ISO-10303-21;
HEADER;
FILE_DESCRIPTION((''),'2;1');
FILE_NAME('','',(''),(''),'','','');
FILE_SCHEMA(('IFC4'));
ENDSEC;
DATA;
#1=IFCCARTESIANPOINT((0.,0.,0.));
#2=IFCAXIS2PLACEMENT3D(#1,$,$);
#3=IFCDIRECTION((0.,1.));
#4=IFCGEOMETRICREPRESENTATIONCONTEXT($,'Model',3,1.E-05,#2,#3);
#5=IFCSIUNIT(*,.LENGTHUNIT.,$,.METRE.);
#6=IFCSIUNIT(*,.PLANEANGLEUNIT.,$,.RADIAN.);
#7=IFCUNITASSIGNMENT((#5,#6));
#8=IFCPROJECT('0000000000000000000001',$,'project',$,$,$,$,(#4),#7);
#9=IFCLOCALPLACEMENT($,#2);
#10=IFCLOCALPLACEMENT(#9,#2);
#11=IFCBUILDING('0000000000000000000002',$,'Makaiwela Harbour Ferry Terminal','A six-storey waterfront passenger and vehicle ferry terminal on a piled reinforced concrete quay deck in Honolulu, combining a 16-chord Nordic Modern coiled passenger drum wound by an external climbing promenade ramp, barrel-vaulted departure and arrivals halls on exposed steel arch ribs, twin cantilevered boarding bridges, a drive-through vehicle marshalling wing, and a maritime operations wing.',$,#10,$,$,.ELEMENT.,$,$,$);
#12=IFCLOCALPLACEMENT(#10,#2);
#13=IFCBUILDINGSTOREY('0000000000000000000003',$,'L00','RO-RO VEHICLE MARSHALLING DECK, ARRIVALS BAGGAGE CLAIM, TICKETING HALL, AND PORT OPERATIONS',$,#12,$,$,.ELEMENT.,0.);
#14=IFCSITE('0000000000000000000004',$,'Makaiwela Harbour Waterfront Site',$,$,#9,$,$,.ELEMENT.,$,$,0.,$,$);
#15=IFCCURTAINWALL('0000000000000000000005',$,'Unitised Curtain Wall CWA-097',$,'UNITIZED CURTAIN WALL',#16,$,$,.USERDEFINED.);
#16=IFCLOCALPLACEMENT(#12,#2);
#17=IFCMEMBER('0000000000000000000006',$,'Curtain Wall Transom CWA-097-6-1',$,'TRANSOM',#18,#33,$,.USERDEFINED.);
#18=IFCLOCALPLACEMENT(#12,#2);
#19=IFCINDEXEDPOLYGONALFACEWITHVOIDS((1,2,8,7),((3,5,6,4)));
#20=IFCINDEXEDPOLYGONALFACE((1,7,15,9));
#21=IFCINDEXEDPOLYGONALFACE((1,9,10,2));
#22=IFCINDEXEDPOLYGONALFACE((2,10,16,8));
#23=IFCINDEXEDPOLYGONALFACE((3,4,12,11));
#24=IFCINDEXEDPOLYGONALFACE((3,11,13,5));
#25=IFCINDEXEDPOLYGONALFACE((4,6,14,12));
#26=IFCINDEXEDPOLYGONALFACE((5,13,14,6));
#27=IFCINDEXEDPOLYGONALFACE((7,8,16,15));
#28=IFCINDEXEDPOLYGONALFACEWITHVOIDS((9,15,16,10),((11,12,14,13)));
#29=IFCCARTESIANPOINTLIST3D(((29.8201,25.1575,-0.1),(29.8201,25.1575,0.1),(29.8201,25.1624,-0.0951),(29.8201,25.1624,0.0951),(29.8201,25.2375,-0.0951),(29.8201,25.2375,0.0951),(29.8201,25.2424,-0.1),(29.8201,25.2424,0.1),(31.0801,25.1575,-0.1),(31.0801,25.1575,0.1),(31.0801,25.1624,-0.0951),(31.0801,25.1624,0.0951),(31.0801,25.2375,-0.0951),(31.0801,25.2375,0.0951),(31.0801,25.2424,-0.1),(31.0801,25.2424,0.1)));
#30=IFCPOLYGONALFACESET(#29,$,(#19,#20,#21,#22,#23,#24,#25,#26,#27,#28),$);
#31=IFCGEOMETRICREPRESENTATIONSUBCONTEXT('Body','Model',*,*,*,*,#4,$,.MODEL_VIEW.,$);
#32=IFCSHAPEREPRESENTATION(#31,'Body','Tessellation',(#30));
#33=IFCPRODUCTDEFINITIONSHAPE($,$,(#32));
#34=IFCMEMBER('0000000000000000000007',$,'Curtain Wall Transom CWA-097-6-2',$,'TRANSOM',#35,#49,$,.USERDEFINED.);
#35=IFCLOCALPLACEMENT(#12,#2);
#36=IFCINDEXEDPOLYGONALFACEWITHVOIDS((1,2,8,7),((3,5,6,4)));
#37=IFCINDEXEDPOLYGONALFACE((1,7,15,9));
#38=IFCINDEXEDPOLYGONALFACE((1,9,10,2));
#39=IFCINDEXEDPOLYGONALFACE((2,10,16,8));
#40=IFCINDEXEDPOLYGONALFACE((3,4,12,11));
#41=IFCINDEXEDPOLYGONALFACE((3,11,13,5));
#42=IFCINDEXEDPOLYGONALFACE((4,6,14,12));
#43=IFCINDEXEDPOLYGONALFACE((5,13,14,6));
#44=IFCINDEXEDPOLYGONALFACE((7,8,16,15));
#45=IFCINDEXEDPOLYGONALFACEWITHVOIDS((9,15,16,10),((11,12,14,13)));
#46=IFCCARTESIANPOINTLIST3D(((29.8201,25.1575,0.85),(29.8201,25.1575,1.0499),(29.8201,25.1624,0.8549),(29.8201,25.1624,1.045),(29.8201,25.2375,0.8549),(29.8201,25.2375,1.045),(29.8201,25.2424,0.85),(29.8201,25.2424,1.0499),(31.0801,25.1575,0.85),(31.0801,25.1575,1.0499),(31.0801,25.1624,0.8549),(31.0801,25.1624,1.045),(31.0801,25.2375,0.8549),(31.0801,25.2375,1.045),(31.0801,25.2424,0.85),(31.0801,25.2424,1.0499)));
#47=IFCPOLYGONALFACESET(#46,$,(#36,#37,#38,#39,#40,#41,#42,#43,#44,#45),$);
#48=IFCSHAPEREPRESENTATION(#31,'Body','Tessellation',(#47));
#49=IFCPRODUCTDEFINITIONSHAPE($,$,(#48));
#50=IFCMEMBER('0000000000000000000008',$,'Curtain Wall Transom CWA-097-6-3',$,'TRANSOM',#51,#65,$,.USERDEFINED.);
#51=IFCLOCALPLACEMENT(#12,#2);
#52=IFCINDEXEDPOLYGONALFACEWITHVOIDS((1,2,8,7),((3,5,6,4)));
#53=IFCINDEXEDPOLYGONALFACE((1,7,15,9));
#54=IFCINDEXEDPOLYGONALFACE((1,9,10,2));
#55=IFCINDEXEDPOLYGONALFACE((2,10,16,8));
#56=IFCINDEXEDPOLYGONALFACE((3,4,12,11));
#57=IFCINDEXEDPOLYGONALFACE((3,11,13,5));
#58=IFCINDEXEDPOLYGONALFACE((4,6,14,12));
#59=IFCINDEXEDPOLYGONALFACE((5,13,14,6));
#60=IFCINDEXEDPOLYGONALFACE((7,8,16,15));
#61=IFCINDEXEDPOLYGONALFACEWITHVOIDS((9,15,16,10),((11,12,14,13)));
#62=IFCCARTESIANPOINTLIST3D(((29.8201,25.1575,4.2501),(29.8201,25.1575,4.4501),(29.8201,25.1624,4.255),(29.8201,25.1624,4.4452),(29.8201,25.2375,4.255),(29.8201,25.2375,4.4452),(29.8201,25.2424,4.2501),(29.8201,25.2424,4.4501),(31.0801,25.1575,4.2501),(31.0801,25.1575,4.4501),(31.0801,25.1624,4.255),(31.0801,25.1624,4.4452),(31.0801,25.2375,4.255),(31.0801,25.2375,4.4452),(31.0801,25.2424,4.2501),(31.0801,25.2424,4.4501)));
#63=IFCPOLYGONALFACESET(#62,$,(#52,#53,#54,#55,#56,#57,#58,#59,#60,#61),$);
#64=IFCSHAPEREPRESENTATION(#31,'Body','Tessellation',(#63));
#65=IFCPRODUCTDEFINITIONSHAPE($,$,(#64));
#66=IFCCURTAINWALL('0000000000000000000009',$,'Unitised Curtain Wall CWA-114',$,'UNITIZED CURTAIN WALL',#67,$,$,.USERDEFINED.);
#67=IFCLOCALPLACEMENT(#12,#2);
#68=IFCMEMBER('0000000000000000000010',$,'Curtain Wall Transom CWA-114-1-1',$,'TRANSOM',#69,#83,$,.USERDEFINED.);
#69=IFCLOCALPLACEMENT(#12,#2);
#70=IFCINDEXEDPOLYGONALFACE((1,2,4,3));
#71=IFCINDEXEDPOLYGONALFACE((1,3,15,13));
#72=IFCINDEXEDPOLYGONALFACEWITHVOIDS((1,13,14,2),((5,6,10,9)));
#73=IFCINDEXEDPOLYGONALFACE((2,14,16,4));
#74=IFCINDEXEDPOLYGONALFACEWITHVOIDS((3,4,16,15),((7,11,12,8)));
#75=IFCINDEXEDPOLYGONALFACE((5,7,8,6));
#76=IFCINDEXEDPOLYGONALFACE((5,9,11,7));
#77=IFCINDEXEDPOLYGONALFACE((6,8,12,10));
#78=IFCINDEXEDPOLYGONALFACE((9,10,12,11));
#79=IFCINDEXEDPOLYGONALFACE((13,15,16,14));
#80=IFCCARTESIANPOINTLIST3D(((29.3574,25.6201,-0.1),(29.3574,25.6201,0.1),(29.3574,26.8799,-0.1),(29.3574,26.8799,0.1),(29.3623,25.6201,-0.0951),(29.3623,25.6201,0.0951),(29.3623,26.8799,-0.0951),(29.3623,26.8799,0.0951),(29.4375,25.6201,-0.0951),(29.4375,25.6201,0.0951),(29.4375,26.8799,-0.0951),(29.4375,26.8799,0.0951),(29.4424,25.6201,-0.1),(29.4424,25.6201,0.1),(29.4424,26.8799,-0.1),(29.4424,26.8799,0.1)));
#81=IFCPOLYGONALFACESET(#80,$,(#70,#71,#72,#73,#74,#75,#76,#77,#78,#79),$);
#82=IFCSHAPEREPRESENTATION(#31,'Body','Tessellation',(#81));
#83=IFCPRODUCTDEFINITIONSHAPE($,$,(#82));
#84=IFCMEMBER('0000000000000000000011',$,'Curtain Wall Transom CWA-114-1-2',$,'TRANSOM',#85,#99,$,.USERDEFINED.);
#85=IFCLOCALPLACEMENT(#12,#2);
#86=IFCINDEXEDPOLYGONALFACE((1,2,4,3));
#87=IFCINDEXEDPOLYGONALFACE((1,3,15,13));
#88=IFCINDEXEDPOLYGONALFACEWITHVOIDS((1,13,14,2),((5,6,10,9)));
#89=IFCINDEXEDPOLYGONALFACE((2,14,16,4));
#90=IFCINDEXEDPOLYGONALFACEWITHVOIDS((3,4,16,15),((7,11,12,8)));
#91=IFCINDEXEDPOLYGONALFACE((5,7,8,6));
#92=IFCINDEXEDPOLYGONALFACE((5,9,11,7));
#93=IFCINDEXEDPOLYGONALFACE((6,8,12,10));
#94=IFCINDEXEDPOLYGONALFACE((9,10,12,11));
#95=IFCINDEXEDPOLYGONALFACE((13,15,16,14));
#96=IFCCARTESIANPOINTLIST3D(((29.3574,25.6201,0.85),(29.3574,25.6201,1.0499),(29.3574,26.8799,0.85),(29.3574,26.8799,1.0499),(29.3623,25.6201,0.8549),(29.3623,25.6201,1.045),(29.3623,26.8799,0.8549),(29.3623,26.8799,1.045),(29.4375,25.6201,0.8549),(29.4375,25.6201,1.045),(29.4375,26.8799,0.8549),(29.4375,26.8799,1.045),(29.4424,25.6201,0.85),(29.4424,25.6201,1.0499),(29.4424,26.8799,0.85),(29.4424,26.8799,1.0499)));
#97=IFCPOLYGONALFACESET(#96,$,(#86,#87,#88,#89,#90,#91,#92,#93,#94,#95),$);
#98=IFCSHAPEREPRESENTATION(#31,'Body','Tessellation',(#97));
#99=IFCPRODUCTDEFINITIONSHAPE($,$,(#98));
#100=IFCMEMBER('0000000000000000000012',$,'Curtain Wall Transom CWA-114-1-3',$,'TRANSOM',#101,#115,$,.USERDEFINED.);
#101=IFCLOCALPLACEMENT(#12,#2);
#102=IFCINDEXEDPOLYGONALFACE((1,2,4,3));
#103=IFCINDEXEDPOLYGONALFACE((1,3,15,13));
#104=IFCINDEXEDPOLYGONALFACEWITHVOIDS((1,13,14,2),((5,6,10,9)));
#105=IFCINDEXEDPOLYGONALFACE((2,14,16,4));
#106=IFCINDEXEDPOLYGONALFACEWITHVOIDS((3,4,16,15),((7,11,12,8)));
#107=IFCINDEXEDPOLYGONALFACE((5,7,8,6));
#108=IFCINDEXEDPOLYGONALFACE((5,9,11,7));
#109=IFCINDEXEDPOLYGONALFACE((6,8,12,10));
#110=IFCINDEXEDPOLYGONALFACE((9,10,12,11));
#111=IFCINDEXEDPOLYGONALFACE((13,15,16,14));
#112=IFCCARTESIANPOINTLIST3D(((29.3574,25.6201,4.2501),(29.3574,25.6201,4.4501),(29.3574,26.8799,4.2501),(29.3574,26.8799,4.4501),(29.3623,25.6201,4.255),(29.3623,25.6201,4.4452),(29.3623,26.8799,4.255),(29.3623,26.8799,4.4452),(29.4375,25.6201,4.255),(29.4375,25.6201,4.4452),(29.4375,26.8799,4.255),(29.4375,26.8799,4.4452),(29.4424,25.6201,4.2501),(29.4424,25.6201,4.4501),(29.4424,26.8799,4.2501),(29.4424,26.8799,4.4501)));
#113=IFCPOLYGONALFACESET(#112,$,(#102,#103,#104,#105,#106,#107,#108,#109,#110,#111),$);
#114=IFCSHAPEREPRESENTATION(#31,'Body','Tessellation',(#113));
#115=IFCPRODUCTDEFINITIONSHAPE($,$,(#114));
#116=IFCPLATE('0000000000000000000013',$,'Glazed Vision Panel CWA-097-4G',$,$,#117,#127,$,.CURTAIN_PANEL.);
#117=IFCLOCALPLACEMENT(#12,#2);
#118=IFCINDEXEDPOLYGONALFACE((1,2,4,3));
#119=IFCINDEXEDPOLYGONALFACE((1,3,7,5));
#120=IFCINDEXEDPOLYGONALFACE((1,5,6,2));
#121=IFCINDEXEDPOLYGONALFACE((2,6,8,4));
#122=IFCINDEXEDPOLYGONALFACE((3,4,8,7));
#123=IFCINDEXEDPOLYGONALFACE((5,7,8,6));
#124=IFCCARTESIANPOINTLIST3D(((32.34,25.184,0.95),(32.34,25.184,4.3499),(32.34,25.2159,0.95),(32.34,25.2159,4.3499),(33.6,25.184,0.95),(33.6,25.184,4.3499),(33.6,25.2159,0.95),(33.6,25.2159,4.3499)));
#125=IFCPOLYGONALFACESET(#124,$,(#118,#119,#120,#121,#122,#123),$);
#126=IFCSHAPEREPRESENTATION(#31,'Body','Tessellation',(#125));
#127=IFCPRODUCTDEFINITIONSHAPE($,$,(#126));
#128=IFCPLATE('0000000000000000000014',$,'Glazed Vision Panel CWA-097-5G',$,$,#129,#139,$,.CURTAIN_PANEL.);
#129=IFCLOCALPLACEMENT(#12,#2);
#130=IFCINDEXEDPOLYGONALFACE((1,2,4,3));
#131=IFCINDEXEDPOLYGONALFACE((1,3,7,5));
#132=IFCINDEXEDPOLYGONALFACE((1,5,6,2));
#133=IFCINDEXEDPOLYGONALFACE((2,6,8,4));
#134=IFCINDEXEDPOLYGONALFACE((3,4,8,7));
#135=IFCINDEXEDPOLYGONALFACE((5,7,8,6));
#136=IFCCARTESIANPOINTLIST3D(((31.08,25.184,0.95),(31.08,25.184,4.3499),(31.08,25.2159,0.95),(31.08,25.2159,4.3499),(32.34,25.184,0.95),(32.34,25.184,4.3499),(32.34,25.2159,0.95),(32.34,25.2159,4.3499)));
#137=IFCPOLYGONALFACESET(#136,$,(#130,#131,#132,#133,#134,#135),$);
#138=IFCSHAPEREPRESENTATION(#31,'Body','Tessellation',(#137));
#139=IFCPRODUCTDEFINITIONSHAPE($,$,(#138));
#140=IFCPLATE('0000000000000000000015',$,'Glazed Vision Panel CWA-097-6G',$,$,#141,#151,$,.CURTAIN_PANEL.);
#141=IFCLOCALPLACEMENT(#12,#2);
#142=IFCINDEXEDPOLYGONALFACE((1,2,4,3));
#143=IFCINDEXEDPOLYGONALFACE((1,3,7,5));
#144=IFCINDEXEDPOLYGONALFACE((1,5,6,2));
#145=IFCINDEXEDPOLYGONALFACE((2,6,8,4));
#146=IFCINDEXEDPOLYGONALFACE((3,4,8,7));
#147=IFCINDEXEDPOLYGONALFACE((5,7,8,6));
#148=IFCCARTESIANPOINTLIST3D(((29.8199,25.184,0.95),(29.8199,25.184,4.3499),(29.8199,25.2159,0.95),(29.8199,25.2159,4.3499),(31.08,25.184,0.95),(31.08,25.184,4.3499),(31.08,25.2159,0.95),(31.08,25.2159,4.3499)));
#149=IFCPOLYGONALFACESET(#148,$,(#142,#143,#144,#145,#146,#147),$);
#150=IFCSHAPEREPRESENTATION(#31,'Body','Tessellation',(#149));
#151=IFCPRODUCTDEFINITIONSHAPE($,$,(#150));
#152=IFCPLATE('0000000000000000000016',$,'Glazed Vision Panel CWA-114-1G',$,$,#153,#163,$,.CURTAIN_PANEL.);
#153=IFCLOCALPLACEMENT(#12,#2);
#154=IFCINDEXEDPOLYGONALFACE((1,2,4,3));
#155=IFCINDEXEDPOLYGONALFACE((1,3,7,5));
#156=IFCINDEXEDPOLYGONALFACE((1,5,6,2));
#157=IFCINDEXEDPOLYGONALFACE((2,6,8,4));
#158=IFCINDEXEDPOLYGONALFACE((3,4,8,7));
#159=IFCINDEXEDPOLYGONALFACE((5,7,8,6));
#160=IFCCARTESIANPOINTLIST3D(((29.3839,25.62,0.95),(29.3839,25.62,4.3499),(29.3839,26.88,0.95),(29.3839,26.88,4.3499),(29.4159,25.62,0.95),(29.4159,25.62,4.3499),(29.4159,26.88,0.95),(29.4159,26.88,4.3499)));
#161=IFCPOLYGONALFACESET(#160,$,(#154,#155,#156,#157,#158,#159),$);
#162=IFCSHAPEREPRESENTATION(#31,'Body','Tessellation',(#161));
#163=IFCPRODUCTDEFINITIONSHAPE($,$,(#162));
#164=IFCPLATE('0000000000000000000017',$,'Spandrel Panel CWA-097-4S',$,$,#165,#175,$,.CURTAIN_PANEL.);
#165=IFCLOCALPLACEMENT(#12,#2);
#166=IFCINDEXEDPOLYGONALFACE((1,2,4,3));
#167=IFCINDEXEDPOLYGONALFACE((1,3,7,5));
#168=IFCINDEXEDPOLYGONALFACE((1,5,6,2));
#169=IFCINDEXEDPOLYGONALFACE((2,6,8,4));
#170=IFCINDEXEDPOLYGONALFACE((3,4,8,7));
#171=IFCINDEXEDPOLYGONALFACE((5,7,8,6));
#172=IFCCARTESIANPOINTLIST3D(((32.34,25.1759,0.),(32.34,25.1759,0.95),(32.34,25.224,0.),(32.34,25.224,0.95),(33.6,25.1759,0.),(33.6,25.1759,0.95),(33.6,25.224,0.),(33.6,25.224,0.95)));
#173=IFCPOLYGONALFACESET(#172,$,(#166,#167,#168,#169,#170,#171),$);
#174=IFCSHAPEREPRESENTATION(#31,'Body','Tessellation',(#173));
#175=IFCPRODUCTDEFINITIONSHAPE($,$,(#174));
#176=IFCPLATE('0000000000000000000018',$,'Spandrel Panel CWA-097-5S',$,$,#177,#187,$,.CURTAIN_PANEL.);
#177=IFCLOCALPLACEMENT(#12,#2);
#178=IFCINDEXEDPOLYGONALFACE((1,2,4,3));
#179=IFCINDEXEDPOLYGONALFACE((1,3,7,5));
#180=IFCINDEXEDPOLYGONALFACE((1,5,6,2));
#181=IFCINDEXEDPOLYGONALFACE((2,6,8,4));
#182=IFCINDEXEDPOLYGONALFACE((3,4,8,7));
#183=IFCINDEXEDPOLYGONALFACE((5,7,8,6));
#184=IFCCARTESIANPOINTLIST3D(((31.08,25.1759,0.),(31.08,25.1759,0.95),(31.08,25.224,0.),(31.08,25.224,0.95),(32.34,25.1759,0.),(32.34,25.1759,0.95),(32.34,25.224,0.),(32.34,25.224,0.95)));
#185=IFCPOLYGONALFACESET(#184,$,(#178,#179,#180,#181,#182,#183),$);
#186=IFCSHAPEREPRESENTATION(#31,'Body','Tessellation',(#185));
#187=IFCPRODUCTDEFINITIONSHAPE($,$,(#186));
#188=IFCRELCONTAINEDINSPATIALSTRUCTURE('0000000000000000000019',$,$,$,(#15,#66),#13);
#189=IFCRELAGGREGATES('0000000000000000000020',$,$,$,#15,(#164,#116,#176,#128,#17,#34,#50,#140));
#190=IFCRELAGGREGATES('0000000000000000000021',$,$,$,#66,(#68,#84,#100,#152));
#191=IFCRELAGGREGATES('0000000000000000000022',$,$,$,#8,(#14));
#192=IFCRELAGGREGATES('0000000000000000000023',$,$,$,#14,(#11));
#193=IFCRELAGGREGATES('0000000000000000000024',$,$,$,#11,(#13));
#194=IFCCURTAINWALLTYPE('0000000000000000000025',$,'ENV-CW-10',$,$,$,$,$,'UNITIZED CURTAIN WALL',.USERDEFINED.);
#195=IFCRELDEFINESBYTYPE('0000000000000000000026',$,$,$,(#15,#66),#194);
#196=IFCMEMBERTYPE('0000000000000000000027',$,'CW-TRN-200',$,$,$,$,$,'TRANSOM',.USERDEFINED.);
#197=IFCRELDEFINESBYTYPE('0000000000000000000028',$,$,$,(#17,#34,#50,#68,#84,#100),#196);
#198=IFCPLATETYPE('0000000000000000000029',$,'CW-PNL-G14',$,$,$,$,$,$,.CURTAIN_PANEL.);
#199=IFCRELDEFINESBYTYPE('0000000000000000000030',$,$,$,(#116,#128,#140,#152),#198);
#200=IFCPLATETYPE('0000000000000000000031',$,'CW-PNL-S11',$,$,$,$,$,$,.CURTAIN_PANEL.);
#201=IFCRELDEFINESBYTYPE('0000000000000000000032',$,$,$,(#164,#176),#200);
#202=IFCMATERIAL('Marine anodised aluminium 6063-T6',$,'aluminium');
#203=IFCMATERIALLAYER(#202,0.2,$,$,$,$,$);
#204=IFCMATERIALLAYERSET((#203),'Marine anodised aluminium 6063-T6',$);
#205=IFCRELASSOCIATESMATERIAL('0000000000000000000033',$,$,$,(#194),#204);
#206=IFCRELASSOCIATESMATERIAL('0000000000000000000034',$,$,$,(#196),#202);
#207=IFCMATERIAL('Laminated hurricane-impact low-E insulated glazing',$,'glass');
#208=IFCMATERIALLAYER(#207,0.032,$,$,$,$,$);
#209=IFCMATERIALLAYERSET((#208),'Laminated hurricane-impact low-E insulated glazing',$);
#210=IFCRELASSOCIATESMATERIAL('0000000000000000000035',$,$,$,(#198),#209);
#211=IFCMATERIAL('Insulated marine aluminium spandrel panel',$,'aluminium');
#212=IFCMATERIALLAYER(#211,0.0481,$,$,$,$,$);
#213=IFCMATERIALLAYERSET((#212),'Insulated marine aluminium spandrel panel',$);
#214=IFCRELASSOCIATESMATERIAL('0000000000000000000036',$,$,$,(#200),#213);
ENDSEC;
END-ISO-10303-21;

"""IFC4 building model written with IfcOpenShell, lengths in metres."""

from ifc_helpers import new_model, si_unit, direction, frame, origin, origin_2d, place, context, subcontext, project, spatial, rectangle, hollow_rectangle, extrude, material, layer, layer_set, material_profile, profile_set, type_object, element, aggregate, save


model = new_model("IFC4")

# Units and contexts
model_context = context("Model", 3, precision=1e-05, world=origin(), true_north=direction((0.0, 1.0)))
body_context = subcontext(model_context, "Body", "Model", "MODEL_VIEW")
ifc_project = project(units=[si_unit("LENGTHUNIT", "METRE"), si_unit("PLANEANGLEUNIT", "RADIAN")], contexts=[model_context])

# Site, building, storey
site_placement = place(None, origin())
site = spatial("IfcSite", under=ifc_project, at=site_placement, Name="Makaiwela Harbour Waterfront Site", CompositionType="ELEMENT", RefElevation=0.0)
building_placement = place(site_placement, origin())
building = spatial("IfcBuilding", under=site, at=building_placement, Name="Makaiwela Harbour Ferry Terminal", Description="A six-storey waterfront passenger and vehicle ferry terminal on a piled reinforced concrete quay deck in Honolulu, combining a 16-chord Nordic Modern coiled passenger drum wound by an external climbing promenade ramp, barrel-vaulted departure and arrivals halls on exposed steel arch ribs, twin cantilevered boarding bridges, a drive-through vehicle marshalling wing, and a maritime operations wing.", CompositionType="ELEMENT")
storey_placement = place(building_placement, origin())
storey = spatial("IfcBuildingStorey", under=building, at=storey_placement, Name="L00", Description="RO-RO VEHICLE MARSHALLING DECK, ARRIVALS BAGGAGE CLAIM, TICKETING HALL, AND PORT OPERATIONS", CompositionType="ELEMENT", Elevation=0.0)

# Curtain walls, members
ifc_material_1 = material(Name="Marine anodised aluminium 6063-T6", Category="aluminium")
ifc_layer_1 = layer(ifc_material_1, 0.2)
ifc_layer_set_1 = layer_set([ifc_layer_1], Name="Marine anodised aluminium 6063-T6")
curtain_wall_type = type_object("IfcCurtainWallType", Name="ENV-CW-10", ElementType="UNITIZED CURTAIN WALL", PredefinedType="USERDEFINED", material=ifc_layer_set_1)
curtain_wall_1_placement = place(storey_placement, origin())
curtain_wall_1 = element("IfcCurtainWall", 1, at=curtain_wall_1_placement, inside=storey, type_object=curtain_wall_type, Name="Unitised Curtain Wall CWA-097", ObjectType="UNITIZED CURTAIN WALL", PredefinedType="USERDEFINED")
ifc_material_profile_1 = material_profile(ifc_material_1, hollow_rectangle(XDim=0.085, YDim=0.2, WallThickness=0.0049, at=origin_2d()), Name="CWT-200X85")
ifc_profile_set_1 = profile_set([ifc_material_profile_1], Name="Marine anodised aluminium 6063-T6")
member_type_1 = type_object("IfcMemberType", Name="CW-TRN-200", ElementType="TRANSOM", PredefinedType="USERDEFINED", material=ifc_profile_set_1)
member_1_placement = place(storey_placement, frame((31.0801, 25.2, 0.0), z_axis=(-1.0, 0.0, 0.0), x_axis=(0.0, -1.0, 0.0)))
member_1 = element("IfcMember", 2, at=member_1_placement, type_object=member_type_1, Name="Curtain Wall Transom CWA-097-6-1", ObjectType="TRANSOM", PredefinedType="USERDEFINED", context=body_context, shape_type="SweptSolid", body=[
    extrude(hollow_rectangle(XDim=0.085, YDim=0.2, WallThickness=0.0049, at=origin_2d()), origin(), (0.0, 0.0, 1.0), 1.26),
])
member_2_placement = place(storey_placement, frame((31.0801, 25.2, 0.95), z_axis=(-1.0, 0.0, 0.0), x_axis=(0.0, -1.0, 0.0)))
member_2 = element("IfcMember", 3, at=member_2_placement, type_object=member_type_1, Name="Curtain Wall Transom CWA-097-6-2", ObjectType="TRANSOM", PredefinedType="USERDEFINED", context=body_context, shape_type="SweptSolid", body=[
    extrude(hollow_rectangle(XDim=0.085, YDim=0.2, WallThickness=0.0049, at=origin_2d()), origin(), (0.0, 0.0, 1.0), 1.26),
])
member_3_placement = place(storey_placement, frame((31.0801, 25.2, 4.3501), z_axis=(-1.0, 0.0, 0.0), x_axis=(0.0, -1.0, 0.0)))
member_3 = element("IfcMember", 4, at=member_3_placement, type_object=member_type_1, Name="Curtain Wall Transom CWA-097-6-3", ObjectType="TRANSOM", PredefinedType="USERDEFINED", context=body_context, shape_type="SweptSolid", body=[
    extrude(hollow_rectangle(XDim=0.085, YDim=0.2, WallThickness=0.0049, at=origin_2d()), origin(), (0.0, 0.0, 1.0), 1.26),
])
curtain_wall_2_placement = place(storey_placement, origin())
curtain_wall_2 = element("IfcCurtainWall", 5, at=curtain_wall_2_placement, inside=storey, type_object=curtain_wall_type, Name="Unitised Curtain Wall CWA-114", ObjectType="UNITIZED CURTAIN WALL", PredefinedType="USERDEFINED")
member_4_placement = place(storey_placement, frame((29.3999, 25.6201, 0.0), z_axis=(0.0, 1.0, 0.0), x_axis=(-1.0, 0.0, 0.0)))
member_4 = element("IfcMember", 6, at=member_4_placement, type_object=member_type_1, Name="Curtain Wall Transom CWA-114-1-1", ObjectType="TRANSOM", PredefinedType="USERDEFINED", context=body_context, shape_type="SweptSolid", body=[
    extrude(hollow_rectangle(XDim=0.085, YDim=0.2, WallThickness=0.0049, at=origin_2d()), origin(), (0.0, 0.0, 1.0), 1.2598),
])
member_5_placement = place(storey_placement, frame((29.3999, 25.6201, 0.95), z_axis=(0.0, 1.0, 0.0), x_axis=(-1.0, 0.0, 0.0)))
member_5 = element("IfcMember", 7, at=member_5_placement, type_object=member_type_1, Name="Curtain Wall Transom CWA-114-1-2", ObjectType="TRANSOM", PredefinedType="USERDEFINED", context=body_context, shape_type="SweptSolid", body=[
    extrude(hollow_rectangle(XDim=0.085, YDim=0.2, WallThickness=0.0049, at=origin_2d()), origin(), (0.0, 0.0, 1.0), 1.2598),
])
member_6_placement = place(storey_placement, frame((29.3999, 25.6201, 4.3501), z_axis=(0.0, 1.0, 0.0), x_axis=(-1.0, 0.0, 0.0)))
member_6 = element("IfcMember", 8, at=member_6_placement, type_object=member_type_1, Name="Curtain Wall Transom CWA-114-1-3", ObjectType="TRANSOM", PredefinedType="USERDEFINED", context=body_context, shape_type="SweptSolid", body=[
    extrude(hollow_rectangle(XDim=0.085, YDim=0.2, WallThickness=0.0049, at=origin_2d()), origin(), (0.0, 0.0, 1.0), 1.2598),
])

# Plates
ifc_material_2 = material(Name="Laminated hurricane-impact low-E insulated glazing", Category="glass")
ifc_layer_2 = layer(ifc_material_2, 0.032)
ifc_layer_set_2 = layer_set([ifc_layer_2], Name="Laminated hurricane-impact low-E insulated glazing")
plate_type_1 = type_object("IfcPlateType", Name="CW-PNL-G14", PredefinedType="CURTAIN_PANEL", material=ifc_layer_set_2)
plate_1_placement = place(storey_placement, frame((32.97, 25.2, 0.95), z_axis=(0.0, 0.0, 1.0), x_axis=(-1.0, 0.0, 0.0)))
plate_1 = element("IfcPlate", 9, at=plate_1_placement, type_object=plate_type_1, Name="Glazed Vision Panel CWA-097-4G", PredefinedType="CURTAIN_PANEL", context=body_context, shape_type="SweptSolid", body=[
    extrude(rectangle(XDim=1.26, YDim=0.032, at=origin_2d()), origin(), (0.0, 0.0, 1.0), 3.3999),
])
plate_2_placement = place(storey_placement, frame((31.71, 25.2, 0.95), z_axis=(0.0, 0.0, 1.0), x_axis=(-1.0, 0.0, 0.0)))
plate_2 = element("IfcPlate", 10, at=plate_2_placement, type_object=plate_type_1, Name="Glazed Vision Panel CWA-097-5G", PredefinedType="CURTAIN_PANEL", context=body_context, shape_type="SweptSolid", body=[
    extrude(rectangle(XDim=1.26, YDim=0.032, at=origin_2d()), origin(), (0.0, 0.0, 1.0), 3.3999),
])
plate_3_placement = place(storey_placement, frame((30.45, 25.2, 0.95), z_axis=(0.0, 0.0, 1.0), x_axis=(-1.0, 0.0, 0.0)))
plate_3 = element("IfcPlate", 11, at=plate_3_placement, type_object=plate_type_1, Name="Glazed Vision Panel CWA-097-6G", PredefinedType="CURTAIN_PANEL", context=body_context, shape_type="SweptSolid", body=[
    extrude(rectangle(XDim=1.26, YDim=0.032, at=origin_2d()), origin(), (0.0, 0.0, 1.0), 3.3999),
])
plate_4_placement = place(storey_placement, frame((29.3999, 26.25, 0.95), z_axis=(0.0, 0.0, 1.0), x_axis=(0.0, 1.0, 0.0)))
plate_4 = element("IfcPlate", 12, at=plate_4_placement, type_object=plate_type_1, Name="Glazed Vision Panel CWA-114-1G", PredefinedType="CURTAIN_PANEL", context=body_context, shape_type="SweptSolid", body=[
    extrude(rectangle(XDim=1.26, YDim=0.032, at=origin_2d()), origin(), (0.0, 0.0, 1.0), 3.3999),
])
ifc_material_3 = material(Name="Insulated marine aluminium spandrel panel", Category="aluminium")
ifc_layer_3 = layer(ifc_material_3, 0.0481)
ifc_layer_set_3 = layer_set([ifc_layer_3], Name="Insulated marine aluminium spandrel panel")
plate_type_2 = type_object("IfcPlateType", Name="CW-PNL-S11", PredefinedType="CURTAIN_PANEL", material=ifc_layer_set_3)
plate_5_placement = place(storey_placement, frame((32.97, 25.2, 0.0), z_axis=(0.0, 0.0, 1.0), x_axis=(-1.0, 0.0, 0.0)))
plate_5 = element("IfcPlate", 13, at=plate_5_placement, type_object=plate_type_2, Name="Spandrel Panel CWA-097-4S", PredefinedType="CURTAIN_PANEL", context=body_context, shape_type="SweptSolid", body=[
    extrude(rectangle(XDim=1.26, YDim=0.0481, at=origin_2d()), origin(), (0.0, 0.0, 1.0), 0.95),
])
plate_6_placement = place(storey_placement, frame((31.71, 25.2, 0.0), z_axis=(0.0, 0.0, 1.0), x_axis=(-1.0, 0.0, 0.0)))
plate_6 = element("IfcPlate", 14, at=plate_6_placement, type_object=plate_type_2, Name="Spandrel Panel CWA-097-5S", PredefinedType="CURTAIN_PANEL", context=body_context, shape_type="SweptSolid", body=[
    extrude(rectangle(XDim=1.26, YDim=0.0481, at=origin_2d()), origin(), (0.0, 0.0, 1.0), 0.95),
])
aggregate(curtain_wall_1, [plate_5, plate_1, plate_6, plate_2, member_1, member_2, member_3, plate_3])
aggregate(curtain_wall_2, [member_4, member_5, member_6, plate_4])

save(model, "model.ifc")
